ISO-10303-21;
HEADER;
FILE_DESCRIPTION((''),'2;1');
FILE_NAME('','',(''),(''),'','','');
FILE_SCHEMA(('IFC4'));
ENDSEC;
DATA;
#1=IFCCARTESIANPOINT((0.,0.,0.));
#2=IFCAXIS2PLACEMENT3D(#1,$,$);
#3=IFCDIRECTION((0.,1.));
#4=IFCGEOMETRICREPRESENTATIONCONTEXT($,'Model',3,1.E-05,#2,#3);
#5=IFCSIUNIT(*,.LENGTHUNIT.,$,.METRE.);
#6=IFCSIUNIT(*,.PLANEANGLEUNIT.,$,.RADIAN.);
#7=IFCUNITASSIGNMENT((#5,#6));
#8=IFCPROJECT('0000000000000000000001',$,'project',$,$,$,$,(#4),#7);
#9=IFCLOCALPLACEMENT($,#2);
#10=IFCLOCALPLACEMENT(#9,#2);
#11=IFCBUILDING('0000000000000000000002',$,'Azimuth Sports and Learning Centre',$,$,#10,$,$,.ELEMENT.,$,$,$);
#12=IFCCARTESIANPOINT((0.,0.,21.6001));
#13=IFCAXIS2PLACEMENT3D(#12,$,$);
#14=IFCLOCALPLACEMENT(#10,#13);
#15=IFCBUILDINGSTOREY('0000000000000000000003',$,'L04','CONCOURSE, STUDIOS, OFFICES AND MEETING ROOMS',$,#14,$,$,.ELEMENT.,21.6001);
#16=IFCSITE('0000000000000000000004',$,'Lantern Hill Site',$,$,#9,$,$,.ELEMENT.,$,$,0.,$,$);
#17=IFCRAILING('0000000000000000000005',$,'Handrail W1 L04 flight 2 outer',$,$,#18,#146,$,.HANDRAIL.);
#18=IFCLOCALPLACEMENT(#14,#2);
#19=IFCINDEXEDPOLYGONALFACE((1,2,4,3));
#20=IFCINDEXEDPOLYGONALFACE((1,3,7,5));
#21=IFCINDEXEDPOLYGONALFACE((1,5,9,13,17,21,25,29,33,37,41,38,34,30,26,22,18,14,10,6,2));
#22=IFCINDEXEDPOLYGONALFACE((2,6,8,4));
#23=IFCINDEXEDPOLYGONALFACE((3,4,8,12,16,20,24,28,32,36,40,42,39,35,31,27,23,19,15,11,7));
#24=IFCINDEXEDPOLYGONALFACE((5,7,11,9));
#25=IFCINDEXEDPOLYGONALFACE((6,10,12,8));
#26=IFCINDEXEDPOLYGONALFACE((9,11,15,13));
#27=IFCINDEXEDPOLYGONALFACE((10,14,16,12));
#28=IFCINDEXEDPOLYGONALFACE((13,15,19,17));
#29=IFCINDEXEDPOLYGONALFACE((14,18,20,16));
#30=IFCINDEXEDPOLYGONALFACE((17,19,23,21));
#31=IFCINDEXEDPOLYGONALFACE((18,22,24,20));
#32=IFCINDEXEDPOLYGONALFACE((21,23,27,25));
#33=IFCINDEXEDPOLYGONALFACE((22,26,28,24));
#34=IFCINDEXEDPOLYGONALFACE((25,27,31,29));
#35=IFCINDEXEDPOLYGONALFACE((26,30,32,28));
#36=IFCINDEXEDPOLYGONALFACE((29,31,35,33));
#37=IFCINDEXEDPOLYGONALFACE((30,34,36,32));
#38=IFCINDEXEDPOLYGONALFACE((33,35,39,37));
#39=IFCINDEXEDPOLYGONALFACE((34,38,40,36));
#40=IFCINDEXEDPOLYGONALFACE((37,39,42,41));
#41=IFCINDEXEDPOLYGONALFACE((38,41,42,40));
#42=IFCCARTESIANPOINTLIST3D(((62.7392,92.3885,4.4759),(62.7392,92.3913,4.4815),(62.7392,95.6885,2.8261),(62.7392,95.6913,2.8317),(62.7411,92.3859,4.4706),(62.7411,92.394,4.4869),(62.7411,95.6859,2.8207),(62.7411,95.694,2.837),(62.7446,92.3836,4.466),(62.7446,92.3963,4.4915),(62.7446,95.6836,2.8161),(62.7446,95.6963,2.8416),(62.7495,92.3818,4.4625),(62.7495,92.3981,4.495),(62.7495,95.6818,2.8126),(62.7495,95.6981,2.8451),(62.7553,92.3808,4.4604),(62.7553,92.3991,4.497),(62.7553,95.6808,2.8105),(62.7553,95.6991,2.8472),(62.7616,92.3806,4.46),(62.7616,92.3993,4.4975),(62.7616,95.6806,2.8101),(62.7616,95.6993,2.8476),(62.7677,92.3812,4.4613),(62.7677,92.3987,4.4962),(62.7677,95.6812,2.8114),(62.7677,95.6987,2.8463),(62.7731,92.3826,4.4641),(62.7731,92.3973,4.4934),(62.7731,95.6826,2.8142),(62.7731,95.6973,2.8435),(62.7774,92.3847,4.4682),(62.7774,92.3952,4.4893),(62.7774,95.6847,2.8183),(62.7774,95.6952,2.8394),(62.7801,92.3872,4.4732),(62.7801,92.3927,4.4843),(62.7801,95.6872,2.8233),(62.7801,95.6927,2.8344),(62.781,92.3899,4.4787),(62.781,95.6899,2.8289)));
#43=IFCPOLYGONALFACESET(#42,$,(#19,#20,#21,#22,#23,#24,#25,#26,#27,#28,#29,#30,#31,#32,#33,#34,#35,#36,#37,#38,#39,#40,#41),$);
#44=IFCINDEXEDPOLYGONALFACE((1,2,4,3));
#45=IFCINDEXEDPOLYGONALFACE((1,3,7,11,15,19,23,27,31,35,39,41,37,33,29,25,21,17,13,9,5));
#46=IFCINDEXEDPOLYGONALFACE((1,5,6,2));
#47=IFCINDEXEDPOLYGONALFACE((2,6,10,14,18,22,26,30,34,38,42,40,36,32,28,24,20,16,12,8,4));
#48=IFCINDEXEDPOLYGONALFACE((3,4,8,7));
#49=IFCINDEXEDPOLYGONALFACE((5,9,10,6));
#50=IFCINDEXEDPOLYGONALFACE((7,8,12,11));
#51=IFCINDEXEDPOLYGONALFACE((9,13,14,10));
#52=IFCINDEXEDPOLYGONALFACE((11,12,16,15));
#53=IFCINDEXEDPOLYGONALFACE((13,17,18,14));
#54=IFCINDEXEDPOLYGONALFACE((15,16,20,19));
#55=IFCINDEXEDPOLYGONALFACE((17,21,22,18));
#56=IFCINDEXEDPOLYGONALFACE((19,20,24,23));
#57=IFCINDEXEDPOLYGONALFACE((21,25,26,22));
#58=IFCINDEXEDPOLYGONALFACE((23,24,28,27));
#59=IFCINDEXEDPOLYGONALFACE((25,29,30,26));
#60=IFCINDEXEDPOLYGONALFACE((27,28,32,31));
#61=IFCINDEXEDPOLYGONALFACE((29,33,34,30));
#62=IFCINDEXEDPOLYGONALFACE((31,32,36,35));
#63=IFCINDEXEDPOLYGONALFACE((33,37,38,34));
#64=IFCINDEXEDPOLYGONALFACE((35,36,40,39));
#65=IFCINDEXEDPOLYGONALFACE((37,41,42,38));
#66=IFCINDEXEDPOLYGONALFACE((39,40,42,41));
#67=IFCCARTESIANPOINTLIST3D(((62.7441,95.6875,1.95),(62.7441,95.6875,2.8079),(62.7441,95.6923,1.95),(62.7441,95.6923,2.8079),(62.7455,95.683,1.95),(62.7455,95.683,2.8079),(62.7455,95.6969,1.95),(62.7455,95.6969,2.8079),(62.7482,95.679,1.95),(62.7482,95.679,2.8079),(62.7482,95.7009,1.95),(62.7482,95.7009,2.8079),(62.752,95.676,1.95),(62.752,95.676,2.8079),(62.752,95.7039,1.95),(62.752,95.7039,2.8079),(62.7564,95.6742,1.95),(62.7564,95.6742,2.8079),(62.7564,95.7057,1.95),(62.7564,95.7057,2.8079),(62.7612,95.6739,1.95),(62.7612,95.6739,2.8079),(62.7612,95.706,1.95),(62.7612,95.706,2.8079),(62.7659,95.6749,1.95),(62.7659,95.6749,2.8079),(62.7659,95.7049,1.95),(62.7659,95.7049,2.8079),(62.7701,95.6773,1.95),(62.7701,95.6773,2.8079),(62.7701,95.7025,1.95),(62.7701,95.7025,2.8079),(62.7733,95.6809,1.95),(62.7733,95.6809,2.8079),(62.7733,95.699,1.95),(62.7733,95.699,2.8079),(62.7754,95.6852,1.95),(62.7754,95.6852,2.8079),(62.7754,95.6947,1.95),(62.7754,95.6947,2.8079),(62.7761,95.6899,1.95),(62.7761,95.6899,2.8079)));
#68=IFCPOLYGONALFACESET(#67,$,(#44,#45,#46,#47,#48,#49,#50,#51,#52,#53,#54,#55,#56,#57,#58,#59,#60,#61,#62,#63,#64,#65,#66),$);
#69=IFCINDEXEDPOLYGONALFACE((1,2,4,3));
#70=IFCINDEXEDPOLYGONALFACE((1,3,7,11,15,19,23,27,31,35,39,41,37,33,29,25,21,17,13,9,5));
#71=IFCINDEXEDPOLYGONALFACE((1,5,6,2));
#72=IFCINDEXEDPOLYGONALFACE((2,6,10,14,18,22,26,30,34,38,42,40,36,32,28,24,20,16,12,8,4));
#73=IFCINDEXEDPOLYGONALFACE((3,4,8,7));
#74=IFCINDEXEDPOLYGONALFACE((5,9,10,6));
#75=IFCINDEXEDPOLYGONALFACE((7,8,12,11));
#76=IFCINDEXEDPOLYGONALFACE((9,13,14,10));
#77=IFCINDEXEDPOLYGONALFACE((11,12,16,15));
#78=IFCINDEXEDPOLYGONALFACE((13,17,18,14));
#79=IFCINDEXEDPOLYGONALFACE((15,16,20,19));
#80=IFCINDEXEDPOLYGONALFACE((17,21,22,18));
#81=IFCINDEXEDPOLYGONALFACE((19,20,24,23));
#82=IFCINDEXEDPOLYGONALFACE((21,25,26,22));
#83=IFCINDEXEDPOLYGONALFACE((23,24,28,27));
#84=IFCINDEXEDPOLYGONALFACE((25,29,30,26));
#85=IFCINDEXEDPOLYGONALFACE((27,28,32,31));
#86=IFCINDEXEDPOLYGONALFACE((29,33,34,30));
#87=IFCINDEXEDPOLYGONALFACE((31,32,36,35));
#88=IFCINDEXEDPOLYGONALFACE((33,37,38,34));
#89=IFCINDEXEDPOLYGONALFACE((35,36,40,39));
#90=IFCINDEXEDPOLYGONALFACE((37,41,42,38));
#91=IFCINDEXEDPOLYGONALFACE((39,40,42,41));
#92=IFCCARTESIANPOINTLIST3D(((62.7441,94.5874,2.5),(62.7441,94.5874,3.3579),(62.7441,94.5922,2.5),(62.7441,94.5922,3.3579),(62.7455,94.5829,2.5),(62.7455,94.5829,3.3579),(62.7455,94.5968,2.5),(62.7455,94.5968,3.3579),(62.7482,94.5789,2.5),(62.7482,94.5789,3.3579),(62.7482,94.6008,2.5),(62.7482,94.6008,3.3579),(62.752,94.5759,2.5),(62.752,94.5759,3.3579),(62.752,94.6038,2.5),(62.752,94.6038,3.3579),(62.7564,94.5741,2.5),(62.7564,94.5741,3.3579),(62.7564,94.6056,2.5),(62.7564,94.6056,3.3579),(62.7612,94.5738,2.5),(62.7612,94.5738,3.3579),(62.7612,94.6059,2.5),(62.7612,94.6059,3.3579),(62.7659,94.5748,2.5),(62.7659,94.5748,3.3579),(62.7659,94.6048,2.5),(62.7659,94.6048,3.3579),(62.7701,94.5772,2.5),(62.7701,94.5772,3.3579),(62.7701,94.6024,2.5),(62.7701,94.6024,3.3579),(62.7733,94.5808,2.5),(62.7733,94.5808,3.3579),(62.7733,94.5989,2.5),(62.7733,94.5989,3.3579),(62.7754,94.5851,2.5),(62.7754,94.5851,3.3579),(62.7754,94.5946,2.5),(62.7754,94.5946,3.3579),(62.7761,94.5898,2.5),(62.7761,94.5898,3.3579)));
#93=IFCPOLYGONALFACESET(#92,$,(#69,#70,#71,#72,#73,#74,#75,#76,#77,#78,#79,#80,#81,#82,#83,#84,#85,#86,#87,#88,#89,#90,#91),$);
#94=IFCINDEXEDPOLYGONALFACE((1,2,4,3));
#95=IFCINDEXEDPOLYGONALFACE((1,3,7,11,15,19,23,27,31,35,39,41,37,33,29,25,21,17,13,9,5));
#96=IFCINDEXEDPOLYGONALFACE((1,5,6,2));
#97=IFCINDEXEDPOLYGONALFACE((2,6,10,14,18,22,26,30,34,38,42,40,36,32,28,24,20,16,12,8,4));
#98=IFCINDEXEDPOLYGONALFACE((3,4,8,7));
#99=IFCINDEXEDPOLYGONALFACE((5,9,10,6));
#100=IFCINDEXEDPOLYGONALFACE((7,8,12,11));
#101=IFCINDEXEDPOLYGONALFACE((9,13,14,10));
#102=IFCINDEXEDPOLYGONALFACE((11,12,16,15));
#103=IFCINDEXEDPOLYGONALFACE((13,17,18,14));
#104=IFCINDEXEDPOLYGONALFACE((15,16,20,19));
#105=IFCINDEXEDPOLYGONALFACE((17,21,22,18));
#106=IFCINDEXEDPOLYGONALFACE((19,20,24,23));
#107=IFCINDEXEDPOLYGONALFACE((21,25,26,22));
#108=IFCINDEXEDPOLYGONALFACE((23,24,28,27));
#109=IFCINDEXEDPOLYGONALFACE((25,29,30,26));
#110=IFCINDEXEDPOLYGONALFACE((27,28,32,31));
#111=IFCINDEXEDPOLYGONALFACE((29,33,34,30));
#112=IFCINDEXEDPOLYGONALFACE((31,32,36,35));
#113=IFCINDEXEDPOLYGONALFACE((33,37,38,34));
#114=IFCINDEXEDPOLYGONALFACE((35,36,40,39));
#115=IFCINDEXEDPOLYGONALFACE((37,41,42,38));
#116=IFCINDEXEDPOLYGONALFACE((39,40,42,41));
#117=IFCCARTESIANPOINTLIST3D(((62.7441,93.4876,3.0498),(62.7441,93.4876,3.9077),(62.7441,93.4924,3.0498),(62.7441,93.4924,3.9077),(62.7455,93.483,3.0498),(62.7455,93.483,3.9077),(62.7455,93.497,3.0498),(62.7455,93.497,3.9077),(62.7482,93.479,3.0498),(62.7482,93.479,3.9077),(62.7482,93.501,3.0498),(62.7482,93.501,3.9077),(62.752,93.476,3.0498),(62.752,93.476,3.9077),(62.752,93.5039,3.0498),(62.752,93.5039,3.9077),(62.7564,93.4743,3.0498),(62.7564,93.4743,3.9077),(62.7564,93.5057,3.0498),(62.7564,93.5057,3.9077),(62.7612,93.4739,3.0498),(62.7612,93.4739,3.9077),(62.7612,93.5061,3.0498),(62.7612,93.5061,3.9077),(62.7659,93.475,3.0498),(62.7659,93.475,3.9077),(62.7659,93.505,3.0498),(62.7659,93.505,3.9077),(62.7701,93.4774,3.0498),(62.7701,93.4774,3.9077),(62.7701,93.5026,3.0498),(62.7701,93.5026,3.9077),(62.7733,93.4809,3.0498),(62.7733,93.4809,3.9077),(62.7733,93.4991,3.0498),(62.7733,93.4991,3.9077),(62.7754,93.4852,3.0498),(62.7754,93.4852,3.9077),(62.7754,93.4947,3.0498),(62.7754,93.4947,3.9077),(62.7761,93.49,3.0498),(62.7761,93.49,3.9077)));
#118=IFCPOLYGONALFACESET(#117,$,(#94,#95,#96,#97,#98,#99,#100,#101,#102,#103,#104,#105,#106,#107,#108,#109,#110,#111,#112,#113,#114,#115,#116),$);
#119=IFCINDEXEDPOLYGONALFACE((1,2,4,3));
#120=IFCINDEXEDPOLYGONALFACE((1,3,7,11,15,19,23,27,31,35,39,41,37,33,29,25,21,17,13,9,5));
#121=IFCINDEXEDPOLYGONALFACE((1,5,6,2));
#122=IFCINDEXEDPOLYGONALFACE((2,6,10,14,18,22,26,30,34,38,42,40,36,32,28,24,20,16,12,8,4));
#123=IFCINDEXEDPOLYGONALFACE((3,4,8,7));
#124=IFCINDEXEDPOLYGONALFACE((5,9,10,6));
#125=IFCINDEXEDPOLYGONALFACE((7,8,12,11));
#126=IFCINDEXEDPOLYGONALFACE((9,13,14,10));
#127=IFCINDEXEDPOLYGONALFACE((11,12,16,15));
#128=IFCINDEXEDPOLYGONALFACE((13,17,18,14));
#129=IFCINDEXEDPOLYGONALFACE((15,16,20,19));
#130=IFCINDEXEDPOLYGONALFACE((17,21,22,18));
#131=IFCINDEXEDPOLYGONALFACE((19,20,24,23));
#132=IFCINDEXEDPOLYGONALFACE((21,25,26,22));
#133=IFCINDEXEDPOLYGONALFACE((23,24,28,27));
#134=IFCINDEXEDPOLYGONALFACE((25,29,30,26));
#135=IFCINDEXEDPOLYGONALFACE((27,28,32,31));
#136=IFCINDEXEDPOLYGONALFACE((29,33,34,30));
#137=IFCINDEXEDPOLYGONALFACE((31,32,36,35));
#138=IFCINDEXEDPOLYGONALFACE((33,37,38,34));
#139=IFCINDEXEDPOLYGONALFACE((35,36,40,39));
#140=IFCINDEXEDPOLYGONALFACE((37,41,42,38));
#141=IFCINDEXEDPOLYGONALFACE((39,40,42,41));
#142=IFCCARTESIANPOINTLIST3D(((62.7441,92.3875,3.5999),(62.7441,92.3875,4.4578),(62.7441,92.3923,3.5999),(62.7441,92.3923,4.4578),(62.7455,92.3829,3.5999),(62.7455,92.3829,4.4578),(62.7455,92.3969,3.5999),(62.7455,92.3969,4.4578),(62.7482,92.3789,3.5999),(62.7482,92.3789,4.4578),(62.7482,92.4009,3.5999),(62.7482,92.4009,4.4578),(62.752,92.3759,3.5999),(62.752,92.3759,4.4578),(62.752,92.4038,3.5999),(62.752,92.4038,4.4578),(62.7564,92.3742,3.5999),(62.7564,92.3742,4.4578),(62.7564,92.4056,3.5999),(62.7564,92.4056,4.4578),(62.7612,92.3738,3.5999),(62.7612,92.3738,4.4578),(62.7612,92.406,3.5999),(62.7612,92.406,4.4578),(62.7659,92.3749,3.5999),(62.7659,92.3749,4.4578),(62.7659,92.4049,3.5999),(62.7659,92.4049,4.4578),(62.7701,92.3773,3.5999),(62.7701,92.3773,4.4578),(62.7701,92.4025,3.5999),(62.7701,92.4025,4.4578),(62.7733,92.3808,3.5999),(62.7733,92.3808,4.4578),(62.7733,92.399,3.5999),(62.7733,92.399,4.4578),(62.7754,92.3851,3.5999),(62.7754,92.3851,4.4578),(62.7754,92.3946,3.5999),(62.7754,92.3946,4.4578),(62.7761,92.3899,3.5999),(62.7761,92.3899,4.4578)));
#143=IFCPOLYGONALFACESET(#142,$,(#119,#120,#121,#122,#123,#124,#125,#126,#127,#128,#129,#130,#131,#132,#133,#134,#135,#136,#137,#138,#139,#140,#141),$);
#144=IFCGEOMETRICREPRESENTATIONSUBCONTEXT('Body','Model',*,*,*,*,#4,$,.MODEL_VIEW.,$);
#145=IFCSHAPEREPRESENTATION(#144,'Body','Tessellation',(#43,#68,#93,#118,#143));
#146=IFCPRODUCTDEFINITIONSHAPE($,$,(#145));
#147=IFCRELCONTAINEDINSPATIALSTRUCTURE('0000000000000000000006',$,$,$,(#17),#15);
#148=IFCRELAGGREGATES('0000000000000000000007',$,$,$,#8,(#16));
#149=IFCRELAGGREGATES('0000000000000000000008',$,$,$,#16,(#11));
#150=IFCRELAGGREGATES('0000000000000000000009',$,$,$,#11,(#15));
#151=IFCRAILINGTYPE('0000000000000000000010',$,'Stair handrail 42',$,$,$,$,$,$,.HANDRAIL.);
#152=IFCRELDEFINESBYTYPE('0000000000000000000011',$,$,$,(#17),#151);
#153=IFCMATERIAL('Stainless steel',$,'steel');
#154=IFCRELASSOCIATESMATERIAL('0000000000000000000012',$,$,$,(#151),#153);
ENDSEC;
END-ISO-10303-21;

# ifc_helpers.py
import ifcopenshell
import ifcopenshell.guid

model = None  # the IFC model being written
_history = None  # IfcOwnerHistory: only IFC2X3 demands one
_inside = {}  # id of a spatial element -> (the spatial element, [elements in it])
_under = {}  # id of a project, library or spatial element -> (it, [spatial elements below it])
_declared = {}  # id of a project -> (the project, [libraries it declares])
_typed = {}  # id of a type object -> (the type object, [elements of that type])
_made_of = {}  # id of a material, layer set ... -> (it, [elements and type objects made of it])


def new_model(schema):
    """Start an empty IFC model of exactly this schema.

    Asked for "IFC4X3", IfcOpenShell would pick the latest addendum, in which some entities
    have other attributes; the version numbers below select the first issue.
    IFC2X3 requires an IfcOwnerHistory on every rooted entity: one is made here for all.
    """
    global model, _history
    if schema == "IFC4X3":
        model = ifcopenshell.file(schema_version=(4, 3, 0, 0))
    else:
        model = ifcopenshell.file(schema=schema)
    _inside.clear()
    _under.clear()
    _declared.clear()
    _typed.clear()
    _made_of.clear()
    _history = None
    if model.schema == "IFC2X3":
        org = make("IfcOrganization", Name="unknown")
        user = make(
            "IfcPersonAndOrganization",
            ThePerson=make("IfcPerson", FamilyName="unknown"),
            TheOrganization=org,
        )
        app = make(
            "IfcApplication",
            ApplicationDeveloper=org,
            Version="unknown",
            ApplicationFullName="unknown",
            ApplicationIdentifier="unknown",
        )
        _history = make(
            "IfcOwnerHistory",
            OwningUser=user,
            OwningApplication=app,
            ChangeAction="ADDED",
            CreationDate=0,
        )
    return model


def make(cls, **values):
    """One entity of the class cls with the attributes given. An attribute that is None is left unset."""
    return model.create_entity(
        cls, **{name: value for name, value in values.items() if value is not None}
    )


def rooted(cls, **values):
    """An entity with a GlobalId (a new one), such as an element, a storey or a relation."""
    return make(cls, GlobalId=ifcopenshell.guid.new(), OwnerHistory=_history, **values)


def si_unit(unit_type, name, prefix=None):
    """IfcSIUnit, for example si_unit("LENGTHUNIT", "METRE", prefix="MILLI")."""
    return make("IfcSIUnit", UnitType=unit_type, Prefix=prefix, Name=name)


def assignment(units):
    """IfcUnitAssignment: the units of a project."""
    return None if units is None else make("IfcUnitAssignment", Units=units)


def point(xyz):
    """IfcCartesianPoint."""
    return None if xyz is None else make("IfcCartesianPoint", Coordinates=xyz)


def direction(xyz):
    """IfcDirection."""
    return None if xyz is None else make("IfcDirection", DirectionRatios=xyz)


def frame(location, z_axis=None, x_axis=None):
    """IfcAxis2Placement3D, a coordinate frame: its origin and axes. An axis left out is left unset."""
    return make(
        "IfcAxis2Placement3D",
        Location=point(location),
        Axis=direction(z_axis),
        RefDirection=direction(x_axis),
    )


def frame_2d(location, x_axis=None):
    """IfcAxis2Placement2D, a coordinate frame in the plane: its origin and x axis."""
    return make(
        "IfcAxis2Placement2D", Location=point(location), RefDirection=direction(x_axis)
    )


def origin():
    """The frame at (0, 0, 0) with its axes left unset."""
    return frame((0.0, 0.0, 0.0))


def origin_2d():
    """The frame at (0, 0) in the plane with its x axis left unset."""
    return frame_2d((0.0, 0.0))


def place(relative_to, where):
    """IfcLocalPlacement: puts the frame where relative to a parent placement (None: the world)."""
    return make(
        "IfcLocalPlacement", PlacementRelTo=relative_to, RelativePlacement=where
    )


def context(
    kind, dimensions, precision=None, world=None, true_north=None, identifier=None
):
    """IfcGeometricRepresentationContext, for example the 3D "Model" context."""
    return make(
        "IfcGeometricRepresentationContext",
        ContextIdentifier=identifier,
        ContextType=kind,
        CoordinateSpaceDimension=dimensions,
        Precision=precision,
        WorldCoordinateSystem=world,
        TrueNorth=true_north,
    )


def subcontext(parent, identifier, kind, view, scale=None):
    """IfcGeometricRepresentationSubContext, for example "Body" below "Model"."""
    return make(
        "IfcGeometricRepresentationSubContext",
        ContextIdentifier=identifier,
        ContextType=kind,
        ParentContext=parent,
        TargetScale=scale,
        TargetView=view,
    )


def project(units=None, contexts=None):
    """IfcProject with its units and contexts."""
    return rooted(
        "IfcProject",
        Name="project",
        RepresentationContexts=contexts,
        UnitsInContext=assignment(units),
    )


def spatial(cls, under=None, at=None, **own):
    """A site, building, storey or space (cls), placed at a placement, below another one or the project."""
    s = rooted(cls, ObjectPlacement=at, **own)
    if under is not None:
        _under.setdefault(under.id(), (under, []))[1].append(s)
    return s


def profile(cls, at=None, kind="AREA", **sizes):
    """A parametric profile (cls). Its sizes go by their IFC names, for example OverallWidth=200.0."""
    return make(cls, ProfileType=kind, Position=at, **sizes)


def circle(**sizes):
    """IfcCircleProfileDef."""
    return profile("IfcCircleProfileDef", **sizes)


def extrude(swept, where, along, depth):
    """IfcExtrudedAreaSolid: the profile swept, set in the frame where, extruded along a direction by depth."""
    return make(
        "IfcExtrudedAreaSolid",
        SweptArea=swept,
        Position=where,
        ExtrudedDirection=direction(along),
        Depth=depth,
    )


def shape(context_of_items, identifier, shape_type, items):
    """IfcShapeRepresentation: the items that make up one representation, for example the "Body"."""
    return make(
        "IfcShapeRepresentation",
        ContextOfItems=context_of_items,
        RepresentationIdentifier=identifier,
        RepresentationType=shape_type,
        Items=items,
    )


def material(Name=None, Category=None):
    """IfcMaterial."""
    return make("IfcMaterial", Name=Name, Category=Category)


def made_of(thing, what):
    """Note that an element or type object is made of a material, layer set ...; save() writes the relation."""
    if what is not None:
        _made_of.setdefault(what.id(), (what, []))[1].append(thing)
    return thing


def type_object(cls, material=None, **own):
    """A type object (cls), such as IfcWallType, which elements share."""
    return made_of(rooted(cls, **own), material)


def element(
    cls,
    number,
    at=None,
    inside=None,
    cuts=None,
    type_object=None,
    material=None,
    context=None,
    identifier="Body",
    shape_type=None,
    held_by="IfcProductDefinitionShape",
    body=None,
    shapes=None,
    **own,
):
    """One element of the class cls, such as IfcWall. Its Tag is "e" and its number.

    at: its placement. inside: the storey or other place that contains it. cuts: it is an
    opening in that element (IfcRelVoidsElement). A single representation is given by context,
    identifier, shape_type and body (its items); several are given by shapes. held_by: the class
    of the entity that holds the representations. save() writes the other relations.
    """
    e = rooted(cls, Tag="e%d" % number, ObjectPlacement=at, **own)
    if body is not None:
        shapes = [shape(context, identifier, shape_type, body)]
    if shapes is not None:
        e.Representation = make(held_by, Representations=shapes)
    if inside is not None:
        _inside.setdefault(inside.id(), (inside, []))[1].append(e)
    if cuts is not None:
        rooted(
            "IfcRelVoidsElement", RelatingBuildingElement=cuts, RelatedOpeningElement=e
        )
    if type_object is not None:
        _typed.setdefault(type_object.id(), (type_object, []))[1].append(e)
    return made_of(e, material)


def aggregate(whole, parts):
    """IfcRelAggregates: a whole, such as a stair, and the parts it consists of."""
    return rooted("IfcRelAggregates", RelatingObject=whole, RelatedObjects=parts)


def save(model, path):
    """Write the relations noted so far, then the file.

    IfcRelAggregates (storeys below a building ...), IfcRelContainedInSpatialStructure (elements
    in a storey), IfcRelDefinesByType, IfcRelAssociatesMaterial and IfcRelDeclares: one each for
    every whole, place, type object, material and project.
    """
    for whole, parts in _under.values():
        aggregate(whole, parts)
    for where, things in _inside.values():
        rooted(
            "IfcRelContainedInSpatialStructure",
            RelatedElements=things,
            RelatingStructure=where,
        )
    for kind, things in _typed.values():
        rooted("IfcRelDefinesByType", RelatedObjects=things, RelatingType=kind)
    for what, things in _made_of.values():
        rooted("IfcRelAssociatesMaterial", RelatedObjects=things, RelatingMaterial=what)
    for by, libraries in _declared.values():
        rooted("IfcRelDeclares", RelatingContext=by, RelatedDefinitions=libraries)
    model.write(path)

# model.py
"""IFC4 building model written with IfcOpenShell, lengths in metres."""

from ifc_helpers import new_model, si_unit, direction, frame, origin, origin_2d, place, context, subcontext, project, spatial, circle, extrude, material, type_object, element, save


model = new_model("IFC4")

# Units and contexts
model_context = context("Model", 3, precision=1e-05, world=origin(), true_north=direction((0.0, 1.0)))
body_context = subcontext(model_context, "Body", "Model", "MODEL_VIEW")
ifc_project = project(units=[si_unit("LENGTHUNIT", "METRE"), si_unit("PLANEANGLEUNIT", "RADIAN")], contexts=[model_context])

# Site, building, storey
site_placement = place(None, origin())
site = spatial("IfcSite", under=ifc_project, at=site_placement, Name="Lantern Hill Site", CompositionType="ELEMENT", RefElevation=0.0)
building_placement = place(site_placement, origin())
building = spatial("IfcBuilding", under=site, at=building_placement, Name="Azimuth Sports and Learning Centre", CompositionType="ELEMENT")
storey_placement = place(building_placement, frame((0.0, 0.0, 21.6001)))
storey = spatial("IfcBuildingStorey", under=building, at=storey_placement, Name="L04", Description="CONCOURSE, STUDIOS, OFFICES AND MEETING ROOMS", CompositionType="ELEMENT", Elevation=21.6001)

# Railing
ifc_material_1 = material(Name="Stainless steel", Category="steel")
railing_type = type_object("IfcRailingType", Name="Stair handrail 42", PredefinedType="HANDRAIL", material=ifc_material_1)
for number, where, name in (
    (1, (62.76, 95.6899, 1.95), "Handrail W1 L04 flight 2 outer"),
):
    element("IfcRailing", number, at=place(storey_placement, frame(where)), inside=storey, type_object=railing_type, Name=name, PredefinedType="HANDRAIL", context=body_context, shape_type="SweptSolid", body=[
        extrude(circle(Radius=0.021, at=origin_2d()), frame((0.0, 0.0, 0.8789), z_axis=(0.0, -0.89444, 0.447187), x_axis=(1.0, 0.0, 0.0)), (0.0, 0.0, 1.0), 3.6895),
        extrude(circle(Radius=0.0161, at=origin_2d()), origin(), (0.0, 0.0, 1.0), 0.8579),
        extrude(circle(Radius=0.0161, at=origin_2d()), frame((0.0, -1.1001, 0.55)), (0.0, 0.0, 1.0), 0.8579),
        extrude(circle(Radius=0.0161, at=origin_2d()), frame((0.0, -2.2, 1.0999)), (0.0, 0.0, 1.0), 0.8579),
        extrude(circle(Radius=0.0161, at=origin_2d()), frame((0.0, -3.3, 1.6499)), (0.0, 0.0, 1.0), 0.8579),
    ])

save(model, "model.ifc")
